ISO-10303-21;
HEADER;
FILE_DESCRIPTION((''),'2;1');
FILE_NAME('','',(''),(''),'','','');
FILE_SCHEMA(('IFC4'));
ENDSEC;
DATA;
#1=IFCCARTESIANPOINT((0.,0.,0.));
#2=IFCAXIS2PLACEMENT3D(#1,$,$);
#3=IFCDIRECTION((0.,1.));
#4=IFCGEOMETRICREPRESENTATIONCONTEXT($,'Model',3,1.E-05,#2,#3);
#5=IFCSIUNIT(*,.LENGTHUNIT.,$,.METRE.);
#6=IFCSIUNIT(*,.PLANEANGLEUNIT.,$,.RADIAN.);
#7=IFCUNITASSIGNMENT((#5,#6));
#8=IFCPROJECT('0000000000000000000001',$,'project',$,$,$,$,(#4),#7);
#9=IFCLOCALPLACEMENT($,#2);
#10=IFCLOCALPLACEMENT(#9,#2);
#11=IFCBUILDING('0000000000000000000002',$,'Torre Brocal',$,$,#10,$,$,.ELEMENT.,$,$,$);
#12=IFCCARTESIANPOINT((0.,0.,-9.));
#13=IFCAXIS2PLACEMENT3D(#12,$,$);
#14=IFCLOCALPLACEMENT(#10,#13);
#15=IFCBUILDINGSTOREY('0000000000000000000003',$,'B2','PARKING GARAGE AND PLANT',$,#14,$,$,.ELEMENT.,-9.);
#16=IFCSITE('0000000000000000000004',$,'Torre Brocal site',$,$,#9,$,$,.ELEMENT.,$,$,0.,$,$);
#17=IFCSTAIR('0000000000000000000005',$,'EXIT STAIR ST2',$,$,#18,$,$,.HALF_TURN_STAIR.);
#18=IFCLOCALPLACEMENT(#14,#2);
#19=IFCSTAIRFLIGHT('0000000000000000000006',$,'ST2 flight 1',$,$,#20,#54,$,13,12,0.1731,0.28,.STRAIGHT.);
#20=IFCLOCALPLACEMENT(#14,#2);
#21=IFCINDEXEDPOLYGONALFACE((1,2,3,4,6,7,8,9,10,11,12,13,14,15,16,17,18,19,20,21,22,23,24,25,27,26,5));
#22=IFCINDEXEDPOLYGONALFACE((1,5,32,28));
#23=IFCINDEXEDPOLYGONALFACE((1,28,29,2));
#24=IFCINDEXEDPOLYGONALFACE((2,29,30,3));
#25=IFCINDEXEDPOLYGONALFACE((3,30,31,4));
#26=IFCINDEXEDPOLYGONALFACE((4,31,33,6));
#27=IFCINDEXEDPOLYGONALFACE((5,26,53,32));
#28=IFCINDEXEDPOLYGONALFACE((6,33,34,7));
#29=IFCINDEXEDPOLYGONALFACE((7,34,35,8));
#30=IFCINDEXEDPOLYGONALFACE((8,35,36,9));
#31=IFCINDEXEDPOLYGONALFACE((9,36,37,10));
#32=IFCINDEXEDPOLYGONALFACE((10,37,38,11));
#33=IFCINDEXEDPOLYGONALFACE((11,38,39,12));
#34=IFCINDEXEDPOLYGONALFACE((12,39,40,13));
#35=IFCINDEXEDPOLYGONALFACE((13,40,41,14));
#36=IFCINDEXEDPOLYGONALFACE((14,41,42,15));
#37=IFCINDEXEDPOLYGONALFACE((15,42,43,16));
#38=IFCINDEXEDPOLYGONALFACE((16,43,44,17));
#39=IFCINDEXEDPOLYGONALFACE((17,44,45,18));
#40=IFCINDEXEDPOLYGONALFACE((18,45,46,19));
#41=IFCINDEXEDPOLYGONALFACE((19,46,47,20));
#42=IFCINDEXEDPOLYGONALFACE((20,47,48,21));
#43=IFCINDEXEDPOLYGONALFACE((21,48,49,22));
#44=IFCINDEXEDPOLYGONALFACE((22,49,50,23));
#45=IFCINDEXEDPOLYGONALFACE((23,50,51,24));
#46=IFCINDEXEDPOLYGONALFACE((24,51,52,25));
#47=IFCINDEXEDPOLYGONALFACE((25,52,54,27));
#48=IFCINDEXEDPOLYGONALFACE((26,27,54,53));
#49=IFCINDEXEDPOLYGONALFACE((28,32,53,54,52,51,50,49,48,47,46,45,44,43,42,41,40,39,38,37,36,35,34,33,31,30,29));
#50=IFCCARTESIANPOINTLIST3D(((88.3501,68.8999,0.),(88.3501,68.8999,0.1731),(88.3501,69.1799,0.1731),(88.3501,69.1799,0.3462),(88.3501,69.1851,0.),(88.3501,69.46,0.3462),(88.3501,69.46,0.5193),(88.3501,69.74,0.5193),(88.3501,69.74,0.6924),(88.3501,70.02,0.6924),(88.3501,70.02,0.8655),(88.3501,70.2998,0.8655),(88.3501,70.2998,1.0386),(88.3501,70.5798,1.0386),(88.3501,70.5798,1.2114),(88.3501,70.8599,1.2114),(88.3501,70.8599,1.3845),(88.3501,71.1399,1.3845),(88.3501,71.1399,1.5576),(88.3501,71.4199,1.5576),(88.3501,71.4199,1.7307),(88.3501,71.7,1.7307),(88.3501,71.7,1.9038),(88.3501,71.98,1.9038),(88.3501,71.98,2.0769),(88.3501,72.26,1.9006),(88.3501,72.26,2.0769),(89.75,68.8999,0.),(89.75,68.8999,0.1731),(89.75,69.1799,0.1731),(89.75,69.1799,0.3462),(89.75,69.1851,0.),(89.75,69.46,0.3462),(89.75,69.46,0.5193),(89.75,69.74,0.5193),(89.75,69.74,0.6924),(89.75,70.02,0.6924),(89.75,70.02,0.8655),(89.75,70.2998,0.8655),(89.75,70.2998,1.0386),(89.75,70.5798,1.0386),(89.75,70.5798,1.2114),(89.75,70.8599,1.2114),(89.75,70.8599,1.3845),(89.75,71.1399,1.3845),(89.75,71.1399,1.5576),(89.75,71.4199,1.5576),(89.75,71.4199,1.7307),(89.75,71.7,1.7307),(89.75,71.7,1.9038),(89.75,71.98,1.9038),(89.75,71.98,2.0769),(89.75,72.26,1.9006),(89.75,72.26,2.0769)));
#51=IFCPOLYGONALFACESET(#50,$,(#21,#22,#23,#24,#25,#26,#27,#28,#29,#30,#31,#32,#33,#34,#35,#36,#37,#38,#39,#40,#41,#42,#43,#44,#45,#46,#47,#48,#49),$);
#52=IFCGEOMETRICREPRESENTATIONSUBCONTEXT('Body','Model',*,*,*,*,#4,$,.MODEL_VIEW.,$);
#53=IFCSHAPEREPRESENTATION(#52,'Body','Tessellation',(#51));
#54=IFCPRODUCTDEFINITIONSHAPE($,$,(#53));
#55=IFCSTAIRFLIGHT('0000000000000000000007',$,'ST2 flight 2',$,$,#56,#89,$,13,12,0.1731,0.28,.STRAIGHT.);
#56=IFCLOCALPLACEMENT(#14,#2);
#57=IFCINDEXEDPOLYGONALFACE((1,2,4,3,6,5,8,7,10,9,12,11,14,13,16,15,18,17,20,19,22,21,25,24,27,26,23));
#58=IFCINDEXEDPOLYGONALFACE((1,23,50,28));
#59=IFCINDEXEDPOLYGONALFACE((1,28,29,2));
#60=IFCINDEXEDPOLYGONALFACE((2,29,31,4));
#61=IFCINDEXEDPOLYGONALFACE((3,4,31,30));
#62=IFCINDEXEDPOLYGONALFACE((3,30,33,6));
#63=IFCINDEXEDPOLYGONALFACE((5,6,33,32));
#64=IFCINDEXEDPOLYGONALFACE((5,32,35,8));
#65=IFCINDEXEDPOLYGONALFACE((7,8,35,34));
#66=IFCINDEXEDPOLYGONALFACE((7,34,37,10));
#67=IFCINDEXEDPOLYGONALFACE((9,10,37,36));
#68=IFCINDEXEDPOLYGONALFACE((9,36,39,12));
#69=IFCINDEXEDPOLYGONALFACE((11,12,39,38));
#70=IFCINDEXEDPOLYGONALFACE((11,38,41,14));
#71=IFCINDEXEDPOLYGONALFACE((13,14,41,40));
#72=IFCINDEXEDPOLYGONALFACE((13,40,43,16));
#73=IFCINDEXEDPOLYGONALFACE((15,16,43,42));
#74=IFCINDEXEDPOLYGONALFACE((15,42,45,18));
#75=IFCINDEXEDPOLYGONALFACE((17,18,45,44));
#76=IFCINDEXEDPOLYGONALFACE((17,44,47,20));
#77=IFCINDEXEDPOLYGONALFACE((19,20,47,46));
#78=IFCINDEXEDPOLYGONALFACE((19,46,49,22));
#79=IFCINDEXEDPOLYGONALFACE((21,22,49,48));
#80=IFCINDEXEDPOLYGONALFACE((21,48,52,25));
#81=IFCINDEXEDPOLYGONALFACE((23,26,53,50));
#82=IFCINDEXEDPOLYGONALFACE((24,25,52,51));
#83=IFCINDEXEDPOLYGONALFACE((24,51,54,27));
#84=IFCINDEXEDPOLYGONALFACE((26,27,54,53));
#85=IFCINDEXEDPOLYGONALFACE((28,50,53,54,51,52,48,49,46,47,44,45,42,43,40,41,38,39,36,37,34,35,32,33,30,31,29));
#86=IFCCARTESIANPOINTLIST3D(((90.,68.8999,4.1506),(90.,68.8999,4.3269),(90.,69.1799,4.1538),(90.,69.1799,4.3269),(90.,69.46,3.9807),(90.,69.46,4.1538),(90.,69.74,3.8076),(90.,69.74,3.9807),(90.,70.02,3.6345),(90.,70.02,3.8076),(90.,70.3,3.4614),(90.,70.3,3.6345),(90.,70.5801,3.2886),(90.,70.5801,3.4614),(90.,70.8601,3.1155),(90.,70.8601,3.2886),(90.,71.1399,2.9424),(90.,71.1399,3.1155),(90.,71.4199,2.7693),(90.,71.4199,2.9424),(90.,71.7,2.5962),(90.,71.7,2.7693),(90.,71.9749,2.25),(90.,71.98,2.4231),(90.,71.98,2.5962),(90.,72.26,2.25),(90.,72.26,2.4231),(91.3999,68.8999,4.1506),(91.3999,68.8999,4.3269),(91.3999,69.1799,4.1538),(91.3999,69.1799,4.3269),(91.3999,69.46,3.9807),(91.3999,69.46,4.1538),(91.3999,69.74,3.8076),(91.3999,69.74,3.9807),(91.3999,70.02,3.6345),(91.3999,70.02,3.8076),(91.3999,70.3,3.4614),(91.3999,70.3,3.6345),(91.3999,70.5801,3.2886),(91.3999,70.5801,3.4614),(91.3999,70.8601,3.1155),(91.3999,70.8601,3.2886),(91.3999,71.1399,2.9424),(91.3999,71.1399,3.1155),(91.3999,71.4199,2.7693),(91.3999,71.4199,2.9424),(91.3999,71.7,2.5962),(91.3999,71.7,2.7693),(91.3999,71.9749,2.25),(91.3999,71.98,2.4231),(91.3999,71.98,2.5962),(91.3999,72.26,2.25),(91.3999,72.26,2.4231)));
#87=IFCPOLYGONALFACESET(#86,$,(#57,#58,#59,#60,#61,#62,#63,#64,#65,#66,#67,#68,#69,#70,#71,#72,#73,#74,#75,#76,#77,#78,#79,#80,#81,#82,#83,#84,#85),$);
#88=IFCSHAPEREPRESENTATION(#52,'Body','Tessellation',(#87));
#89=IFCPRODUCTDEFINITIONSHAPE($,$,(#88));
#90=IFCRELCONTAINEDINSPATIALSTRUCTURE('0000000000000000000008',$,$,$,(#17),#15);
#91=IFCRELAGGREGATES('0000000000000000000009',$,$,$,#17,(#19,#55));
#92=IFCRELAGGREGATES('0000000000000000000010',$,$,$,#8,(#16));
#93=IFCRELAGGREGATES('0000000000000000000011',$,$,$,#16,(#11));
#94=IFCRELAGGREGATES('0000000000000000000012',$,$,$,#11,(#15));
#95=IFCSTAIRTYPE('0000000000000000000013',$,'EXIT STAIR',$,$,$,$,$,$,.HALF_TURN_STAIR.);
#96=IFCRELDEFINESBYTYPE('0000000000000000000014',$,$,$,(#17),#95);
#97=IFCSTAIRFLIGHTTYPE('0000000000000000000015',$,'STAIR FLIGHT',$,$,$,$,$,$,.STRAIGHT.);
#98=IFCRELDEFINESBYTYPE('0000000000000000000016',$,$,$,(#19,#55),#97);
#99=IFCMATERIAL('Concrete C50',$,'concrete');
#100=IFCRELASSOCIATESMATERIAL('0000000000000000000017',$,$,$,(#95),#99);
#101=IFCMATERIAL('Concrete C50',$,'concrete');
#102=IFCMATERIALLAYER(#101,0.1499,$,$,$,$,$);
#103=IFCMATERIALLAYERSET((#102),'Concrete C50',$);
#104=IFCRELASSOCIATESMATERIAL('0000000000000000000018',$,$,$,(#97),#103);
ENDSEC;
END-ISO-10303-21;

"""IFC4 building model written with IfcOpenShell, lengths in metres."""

from ifc_helpers import new_model, si_unit, direction, frame, origin, place, context, subcontext, project, spatial, polyline, outline, extrude, material, layer, layer_set, type_object, element, aggregate, save


model = new_model("IFC4")

# Units and contexts
model_context = context("Model", 3, precision=1e-05, world=origin(), true_north=direction((0.0, 1.0)))
body_context = subcontext(model_context, "Body", "Model", "MODEL_VIEW")
ifc_project = project(units=[si_unit("LENGTHUNIT", "METRE"), si_unit("PLANEANGLEUNIT", "RADIAN")], contexts=[model_context])

# Site, building, storey
site_placement = place(None, origin())
site = spatial("IfcSite", under=ifc_project, at=site_placement, Name="Torre Brocal site", CompositionType="ELEMENT", RefElevation=0.0)
building_placement = place(site_placement, origin())
building = spatial("IfcBuilding", under=site, at=building_placement, Name="Torre Brocal", CompositionType="ELEMENT")
storey_placement = place(building_placement, frame((0.0, 0.0, -9.0)))
storey = spatial("IfcBuildingStorey", under=building, at=storey_placement, Name="B2", Description="PARKING GARAGE AND PLANT", CompositionType="ELEMENT", Elevation=-9.0)

# Stair, stair flights
ifc_material_1 = material(Name="Concrete C50", Category="concrete")
stair_type = type_object("IfcStairType", Name="EXIT STAIR", PredefinedType="HALF_TURN_STAIR", material=ifc_material_1)
stair_placement = place(storey_placement, origin())
stair = element("IfcStair", 1, at=stair_placement, inside=storey, type_object=stair_type, Name="EXIT STAIR ST2", PredefinedType="HALF_TURN_STAIR")
ifc_material_2 = material(Name="Concrete C50", Category="concrete")
ifc_layer_1 = layer(ifc_material_2, 0.1499)
ifc_layer_set_1 = layer_set([ifc_layer_1], Name="Concrete C50")
stair_flight_type = type_object("IfcStairFlightType", Name="STAIR FLIGHT", PredefinedType="STRAIGHT", material=ifc_layer_set_1)
stair_flight_1_placement = place(storey_placement, frame((89.05, 68.8999, 0.0), z_axis=(0.0, 0.0, 1.0), x_axis=(0.0, 1.0, 0.0)))
stair_flight_1 = element("IfcStairFlight", 2, at=stair_flight_1_placement, type_object=stair_flight_type, Name="ST2 flight 1", NumberOfRisers=13, NumberOfTreads=12, PredefinedType="STRAIGHT", RiserHeight=0.1731, TreadLength=0.28, context=body_context, shape_type="SweptSolid", body=[
    extrude(outline(polyline([(0.0, 0.0), (0.0, 0.1731), (0.28, 0.1731), (0.28, 0.3462), (0.5601, 0.3462), (0.5601, 0.5193), (0.8401, 0.5193), (0.8401, 0.6924), (1.1201, 0.6924), (1.1201, 0.8655), (1.3999, 0.8655), (1.3999, 1.0386), (1.6799, 1.0386), (1.6799, 1.2114), (1.96, 1.2114), (1.96, 1.3845), (2.24, 1.3845), (2.24, 1.5576), (2.52, 1.5576), (2.52, 1.7307), (2.8, 1.7307), (2.8, 1.9038), (3.0801, 1.9038), (3.0801, 2.0769), (3.3601, 2.0769), (3.3601, 2.25), (3.3601, 1.9006), (0.2852, 0.0), (0.0, 0.0)])), frame((0.0, 0.7, 0.0), z_axis=(0.0, -1.0, 0.0), x_axis=(1.0, 0.0, 0.0)), (0.0, 0.0, 1.0), 1.3999),
])
stair_flight_2_placement = place(storey_placement, frame((90.7, 72.26, 2.25), z_axis=(0.0, 0.0, 1.0), x_axis=(0.0, -1.0, 0.0)))
stair_flight_2 = element("IfcStairFlight", 3, at=stair_flight_2_placement, type_object=stair_flight_type, Name="ST2 flight 2", NumberOfRisers=13, NumberOfTreads=12, PredefinedType="STRAIGHT", RiserHeight=0.1731, TreadLength=0.28, context=body_context, shape_type="SweptSolid", body=[
    extrude(outline(polyline([(0.0, 0.0), (0.0, 0.1731), (0.28, 0.1731), (0.28, 0.3462), (0.5601, 0.3462), (0.5601, 0.5193), (0.8401, 0.5193), (0.8401, 0.6924), (1.1201, 0.6924), (1.1201, 0.8655), (1.3999, 0.8655), (1.3999, 1.0386), (1.6799, 1.0386), (1.6799, 1.2114), (1.96, 1.2114), (1.96, 1.3845), (2.24, 1.3845), (2.24, 1.5576), (2.52, 1.5576), (2.52, 1.7307), (2.8, 1.7307), (2.8, 1.9038), (3.0801, 1.9038), (3.0801, 2.0769), (3.3601, 2.0769), (3.3601, 2.25), (3.3601, 1.9006), (0.2852, 0.0), (0.0, 0.0)])), frame((0.0, 0.7, 0.0), z_axis=(0.0, -1.0, 0.0), x_axis=(1.0, 0.0, 0.0)), (0.0, 0.0, 1.0), 1.3999),
])
aggregate(stair, [stair_flight_1, stair_flight_2])

save(model, "model.ifc")
